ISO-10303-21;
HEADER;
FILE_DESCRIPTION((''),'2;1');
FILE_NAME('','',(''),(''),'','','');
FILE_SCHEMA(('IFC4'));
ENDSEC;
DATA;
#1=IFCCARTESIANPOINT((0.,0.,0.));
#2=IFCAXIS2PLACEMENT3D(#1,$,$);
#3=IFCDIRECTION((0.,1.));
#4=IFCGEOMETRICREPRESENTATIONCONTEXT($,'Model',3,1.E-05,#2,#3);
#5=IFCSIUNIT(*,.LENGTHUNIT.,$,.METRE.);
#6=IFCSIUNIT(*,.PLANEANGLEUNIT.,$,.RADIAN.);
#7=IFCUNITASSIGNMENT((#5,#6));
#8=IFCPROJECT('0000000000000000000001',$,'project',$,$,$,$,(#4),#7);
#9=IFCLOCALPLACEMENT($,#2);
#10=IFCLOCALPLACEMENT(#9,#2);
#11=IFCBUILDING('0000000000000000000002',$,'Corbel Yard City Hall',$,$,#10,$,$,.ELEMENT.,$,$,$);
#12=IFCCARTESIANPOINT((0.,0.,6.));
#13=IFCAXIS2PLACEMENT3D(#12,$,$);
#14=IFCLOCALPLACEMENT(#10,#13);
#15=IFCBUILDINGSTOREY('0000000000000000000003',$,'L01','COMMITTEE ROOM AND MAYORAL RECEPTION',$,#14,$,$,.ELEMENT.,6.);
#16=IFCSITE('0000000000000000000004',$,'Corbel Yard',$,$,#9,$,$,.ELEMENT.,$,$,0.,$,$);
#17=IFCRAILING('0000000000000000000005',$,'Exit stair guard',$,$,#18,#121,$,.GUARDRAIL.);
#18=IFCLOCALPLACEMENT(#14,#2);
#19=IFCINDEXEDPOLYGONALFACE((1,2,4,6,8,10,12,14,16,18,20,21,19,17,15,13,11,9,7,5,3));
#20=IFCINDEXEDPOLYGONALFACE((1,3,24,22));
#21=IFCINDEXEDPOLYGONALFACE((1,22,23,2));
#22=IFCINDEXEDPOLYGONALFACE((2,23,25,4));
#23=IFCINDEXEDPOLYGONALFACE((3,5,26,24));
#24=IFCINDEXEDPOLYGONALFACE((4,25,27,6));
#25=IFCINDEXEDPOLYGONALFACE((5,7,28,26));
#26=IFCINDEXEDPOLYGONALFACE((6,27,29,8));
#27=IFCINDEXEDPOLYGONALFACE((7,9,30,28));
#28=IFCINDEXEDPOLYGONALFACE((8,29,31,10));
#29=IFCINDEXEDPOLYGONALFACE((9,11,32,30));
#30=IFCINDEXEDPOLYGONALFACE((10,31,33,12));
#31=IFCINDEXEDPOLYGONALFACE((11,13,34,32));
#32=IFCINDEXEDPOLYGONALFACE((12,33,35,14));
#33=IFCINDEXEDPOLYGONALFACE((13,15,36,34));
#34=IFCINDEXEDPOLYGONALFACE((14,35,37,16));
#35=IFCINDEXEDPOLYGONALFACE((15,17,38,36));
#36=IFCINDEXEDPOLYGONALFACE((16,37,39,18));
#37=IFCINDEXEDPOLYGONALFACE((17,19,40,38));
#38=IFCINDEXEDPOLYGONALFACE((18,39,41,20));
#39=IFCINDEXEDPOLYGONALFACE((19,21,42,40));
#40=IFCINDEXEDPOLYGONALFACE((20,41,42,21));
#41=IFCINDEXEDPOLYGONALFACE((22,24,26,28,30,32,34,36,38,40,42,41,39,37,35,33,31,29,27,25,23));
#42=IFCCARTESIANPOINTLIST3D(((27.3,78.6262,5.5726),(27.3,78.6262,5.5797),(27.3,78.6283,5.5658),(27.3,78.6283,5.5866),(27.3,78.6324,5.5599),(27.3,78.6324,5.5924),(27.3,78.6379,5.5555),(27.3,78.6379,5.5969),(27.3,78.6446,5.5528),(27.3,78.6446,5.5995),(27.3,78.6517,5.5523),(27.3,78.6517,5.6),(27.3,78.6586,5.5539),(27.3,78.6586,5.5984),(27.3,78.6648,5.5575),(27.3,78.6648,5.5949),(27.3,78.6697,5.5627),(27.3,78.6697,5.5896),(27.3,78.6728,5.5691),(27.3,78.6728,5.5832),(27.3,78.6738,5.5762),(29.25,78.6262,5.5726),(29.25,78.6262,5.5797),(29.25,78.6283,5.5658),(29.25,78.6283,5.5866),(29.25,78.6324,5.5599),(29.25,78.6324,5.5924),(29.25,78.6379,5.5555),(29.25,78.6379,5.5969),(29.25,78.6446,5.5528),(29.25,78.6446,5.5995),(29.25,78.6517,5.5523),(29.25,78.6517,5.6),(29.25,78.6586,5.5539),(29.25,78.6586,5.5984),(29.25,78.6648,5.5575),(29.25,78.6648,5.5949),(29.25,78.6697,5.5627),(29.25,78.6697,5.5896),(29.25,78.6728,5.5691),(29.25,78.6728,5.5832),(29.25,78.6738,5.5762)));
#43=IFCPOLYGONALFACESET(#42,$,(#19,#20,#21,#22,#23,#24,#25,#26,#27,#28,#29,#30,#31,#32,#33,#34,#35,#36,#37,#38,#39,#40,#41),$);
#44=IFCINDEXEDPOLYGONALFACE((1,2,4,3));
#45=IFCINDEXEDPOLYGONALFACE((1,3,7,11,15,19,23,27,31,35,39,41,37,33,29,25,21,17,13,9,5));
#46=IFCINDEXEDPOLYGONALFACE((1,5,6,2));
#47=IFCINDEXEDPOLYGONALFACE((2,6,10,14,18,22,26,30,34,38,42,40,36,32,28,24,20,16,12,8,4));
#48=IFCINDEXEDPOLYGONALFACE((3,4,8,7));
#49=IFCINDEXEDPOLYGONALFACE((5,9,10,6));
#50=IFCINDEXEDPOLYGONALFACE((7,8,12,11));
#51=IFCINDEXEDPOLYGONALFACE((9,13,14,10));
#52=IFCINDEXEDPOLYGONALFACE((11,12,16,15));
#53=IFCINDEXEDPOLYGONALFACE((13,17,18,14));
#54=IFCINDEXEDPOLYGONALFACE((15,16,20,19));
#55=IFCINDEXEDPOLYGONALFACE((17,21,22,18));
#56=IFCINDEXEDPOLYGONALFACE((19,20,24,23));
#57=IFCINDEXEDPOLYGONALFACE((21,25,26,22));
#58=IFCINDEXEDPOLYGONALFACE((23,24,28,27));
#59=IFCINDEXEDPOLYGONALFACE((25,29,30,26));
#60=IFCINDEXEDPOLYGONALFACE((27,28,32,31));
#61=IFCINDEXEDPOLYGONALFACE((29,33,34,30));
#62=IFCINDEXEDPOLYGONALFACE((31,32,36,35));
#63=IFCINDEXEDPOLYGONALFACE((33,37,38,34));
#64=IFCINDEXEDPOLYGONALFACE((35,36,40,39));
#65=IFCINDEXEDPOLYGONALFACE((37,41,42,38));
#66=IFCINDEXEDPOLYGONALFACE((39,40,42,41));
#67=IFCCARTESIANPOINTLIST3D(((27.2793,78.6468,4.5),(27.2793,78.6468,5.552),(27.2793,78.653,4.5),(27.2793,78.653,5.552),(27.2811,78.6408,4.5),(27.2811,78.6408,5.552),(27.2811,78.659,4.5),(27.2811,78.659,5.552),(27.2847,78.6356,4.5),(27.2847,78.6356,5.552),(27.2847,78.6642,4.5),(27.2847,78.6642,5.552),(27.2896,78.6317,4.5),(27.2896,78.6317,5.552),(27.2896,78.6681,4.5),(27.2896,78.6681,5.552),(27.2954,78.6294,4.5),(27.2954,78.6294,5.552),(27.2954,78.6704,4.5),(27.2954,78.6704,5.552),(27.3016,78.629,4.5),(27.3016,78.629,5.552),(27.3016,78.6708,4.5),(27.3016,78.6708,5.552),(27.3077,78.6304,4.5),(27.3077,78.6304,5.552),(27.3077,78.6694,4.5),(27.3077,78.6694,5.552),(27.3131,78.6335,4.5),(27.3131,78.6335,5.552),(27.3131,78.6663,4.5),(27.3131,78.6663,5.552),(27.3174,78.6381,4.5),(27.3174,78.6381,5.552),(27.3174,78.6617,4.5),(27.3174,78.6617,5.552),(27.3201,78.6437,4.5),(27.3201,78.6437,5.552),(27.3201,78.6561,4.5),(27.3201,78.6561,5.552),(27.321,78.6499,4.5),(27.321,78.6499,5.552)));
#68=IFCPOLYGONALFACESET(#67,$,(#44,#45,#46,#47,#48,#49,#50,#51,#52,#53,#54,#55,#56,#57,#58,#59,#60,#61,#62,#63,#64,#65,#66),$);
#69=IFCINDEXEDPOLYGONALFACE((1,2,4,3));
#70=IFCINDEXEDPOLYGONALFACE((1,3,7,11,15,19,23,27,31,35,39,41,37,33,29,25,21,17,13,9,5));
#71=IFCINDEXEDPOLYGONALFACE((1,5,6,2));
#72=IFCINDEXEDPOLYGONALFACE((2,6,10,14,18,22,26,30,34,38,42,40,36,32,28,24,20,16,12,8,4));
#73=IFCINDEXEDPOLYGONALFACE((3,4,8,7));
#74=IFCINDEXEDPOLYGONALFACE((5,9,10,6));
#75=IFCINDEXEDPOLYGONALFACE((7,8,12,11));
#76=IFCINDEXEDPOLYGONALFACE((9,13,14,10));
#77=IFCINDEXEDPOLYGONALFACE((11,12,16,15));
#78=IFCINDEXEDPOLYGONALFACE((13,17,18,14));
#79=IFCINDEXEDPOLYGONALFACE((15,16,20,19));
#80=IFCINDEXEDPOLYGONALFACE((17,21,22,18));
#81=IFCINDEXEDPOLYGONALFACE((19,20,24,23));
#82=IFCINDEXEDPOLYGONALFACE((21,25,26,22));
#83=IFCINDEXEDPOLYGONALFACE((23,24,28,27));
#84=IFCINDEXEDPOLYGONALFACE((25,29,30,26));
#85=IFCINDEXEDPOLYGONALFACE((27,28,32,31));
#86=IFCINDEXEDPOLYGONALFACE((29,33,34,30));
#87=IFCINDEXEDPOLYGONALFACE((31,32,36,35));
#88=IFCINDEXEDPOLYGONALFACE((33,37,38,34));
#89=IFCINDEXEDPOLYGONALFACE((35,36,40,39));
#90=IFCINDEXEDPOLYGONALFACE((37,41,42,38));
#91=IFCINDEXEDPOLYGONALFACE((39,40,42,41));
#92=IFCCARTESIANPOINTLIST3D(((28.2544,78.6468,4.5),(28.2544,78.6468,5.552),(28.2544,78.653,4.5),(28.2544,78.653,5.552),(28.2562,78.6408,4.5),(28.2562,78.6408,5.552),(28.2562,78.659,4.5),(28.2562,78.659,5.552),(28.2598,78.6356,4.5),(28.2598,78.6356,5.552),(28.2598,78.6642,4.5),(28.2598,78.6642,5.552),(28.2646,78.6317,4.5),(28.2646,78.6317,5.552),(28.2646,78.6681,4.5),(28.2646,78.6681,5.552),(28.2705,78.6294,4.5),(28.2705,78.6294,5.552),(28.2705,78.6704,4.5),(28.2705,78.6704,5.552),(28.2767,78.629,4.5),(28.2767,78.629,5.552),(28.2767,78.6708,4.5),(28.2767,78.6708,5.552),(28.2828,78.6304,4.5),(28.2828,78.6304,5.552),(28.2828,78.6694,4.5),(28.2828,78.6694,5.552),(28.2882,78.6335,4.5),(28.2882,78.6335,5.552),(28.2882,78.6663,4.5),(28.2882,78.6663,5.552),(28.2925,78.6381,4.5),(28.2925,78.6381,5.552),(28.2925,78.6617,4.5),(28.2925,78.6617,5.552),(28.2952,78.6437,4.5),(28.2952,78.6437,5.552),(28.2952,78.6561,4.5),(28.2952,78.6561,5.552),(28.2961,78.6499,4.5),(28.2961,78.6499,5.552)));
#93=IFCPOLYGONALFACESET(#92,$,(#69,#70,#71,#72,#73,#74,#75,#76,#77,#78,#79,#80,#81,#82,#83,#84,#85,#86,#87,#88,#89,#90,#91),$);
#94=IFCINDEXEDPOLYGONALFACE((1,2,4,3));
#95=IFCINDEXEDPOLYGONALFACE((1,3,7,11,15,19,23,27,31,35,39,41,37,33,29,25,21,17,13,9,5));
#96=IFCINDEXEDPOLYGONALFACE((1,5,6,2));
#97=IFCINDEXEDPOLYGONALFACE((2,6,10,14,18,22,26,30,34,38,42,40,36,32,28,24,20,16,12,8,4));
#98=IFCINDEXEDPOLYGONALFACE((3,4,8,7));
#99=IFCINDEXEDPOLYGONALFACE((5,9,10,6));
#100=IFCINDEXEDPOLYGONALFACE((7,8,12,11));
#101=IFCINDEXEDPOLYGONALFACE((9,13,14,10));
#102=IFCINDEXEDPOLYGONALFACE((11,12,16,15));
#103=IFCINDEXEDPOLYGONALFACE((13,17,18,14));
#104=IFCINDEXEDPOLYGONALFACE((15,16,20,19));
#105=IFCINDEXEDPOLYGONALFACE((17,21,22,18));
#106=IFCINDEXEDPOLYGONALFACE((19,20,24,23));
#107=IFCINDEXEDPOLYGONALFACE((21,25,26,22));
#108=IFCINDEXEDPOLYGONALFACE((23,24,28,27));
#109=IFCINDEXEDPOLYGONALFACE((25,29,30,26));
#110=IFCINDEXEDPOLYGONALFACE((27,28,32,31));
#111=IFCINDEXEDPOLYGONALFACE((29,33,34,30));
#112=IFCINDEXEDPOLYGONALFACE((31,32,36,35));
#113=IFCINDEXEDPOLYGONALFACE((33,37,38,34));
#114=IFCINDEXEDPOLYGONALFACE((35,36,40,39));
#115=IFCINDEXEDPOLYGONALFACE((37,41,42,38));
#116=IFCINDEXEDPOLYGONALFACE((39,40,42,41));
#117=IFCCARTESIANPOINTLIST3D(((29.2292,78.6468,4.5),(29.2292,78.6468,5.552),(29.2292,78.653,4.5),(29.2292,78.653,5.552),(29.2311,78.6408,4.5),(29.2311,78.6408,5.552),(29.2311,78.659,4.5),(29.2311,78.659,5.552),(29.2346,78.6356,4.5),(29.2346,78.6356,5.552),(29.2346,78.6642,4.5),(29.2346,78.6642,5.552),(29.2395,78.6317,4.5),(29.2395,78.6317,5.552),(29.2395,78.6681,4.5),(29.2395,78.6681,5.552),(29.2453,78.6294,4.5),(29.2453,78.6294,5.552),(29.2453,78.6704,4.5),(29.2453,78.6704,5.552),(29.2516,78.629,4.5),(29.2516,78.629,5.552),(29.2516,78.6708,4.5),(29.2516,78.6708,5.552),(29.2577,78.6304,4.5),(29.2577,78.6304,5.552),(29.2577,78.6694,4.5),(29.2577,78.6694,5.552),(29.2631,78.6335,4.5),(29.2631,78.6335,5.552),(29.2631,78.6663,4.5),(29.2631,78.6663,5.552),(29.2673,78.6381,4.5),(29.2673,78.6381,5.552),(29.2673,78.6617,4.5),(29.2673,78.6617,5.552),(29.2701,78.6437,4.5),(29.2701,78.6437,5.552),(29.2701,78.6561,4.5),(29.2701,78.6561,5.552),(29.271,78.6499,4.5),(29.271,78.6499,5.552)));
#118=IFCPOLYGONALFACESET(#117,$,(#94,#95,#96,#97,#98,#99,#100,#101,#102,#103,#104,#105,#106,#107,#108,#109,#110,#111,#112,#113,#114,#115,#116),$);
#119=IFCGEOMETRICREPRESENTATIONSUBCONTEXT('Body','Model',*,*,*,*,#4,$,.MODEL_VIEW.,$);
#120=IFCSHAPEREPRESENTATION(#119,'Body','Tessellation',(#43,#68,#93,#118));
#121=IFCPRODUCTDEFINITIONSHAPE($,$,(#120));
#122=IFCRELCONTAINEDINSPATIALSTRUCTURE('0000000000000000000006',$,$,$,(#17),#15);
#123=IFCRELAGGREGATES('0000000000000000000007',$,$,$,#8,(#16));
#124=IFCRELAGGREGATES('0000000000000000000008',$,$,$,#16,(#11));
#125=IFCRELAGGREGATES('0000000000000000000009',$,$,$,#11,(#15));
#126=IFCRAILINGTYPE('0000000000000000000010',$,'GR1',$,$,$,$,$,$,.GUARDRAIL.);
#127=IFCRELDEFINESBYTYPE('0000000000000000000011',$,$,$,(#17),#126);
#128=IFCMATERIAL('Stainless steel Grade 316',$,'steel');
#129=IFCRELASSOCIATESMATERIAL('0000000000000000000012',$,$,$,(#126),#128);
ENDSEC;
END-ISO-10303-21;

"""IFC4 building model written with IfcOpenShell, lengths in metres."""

from ifc_helpers import new_model, si_unit, direction, frame, origin, origin_2d, place, context, subcontext, project, spatial, circle, extrude, material, type_object, element, save


model = new_model("IFC4")

# Units and contexts
model_context = context("Model", 3, precision=1e-05, world=origin(), true_north=direction((0.0, 1.0)))
body_context = subcontext(model_context, "Body", "Model", "MODEL_VIEW")
ifc_project = project(units=[si_unit("LENGTHUNIT", "METRE"), si_unit("PLANEANGLEUNIT", "RADIAN")], contexts=[model_context])

# Site, building, storey
site_placement = place(None, origin())
site = spatial("IfcSite", under=ifc_project, at=site_placement, Name="Corbel Yard", CompositionType="ELEMENT", RefElevation=0.0)
building_placement = place(site_placement, origin())
building = spatial("IfcBuilding", under=site, at=building_placement, Name="Corbel Yard City Hall", CompositionType="ELEMENT")
storey_placement = place(building_placement, frame((0.0, 0.0, 6.0)))
storey = spatial("IfcBuildingStorey", under=building, at=storey_placement, Name="L01", Description="COMMITTEE ROOM AND MAYORAL RECEPTION", CompositionType="ELEMENT", Elevation=6.0)

# Shared definitions
ifc_material_1 = material(Name="Stainless steel Grade 316", Category="steel")

# Railing
railing_type_1 = type_object("IfcRailingType", Name="GR1", PredefinedType="GUARDRAIL", material=ifc_material_1)
railing_placement = place(storey_placement, frame((27.3, 78.6499, 4.5)))
element("IfcRailing", 1, at=railing_placement, inside=storey, type_object=railing_type_1, Name="Exit stair guard", PredefinedType="GUARDRAIL", context=body_context, shape_type="SweptSolid", body=[
    extrude(circle(Radius=0.0239, at=origin_2d()), frame((0.0, 0.0, 1.0762), z_axis=(1.0, 0.0, 0.0), x_axis=(0.0, 1.0, 0.0)), (0.0, 0.0, 1.0), 1.95),
    extrude(circle(Radius=0.021, at=origin_2d()), origin(), (0.0, 0.0, 1.0), 1.052),
    extrude(circle(Radius=0.021, at=origin_2d()), frame((0.9751, 0.0, 0.0)), (0.0, 0.0, 1.0), 1.052),
    extrude(circle(Radius=0.021, at=origin_2d()), frame((1.95, 0.0, 0.0)), (0.0, 0.0, 1.0), 1.052),
])

save(model, "model.ifc")
